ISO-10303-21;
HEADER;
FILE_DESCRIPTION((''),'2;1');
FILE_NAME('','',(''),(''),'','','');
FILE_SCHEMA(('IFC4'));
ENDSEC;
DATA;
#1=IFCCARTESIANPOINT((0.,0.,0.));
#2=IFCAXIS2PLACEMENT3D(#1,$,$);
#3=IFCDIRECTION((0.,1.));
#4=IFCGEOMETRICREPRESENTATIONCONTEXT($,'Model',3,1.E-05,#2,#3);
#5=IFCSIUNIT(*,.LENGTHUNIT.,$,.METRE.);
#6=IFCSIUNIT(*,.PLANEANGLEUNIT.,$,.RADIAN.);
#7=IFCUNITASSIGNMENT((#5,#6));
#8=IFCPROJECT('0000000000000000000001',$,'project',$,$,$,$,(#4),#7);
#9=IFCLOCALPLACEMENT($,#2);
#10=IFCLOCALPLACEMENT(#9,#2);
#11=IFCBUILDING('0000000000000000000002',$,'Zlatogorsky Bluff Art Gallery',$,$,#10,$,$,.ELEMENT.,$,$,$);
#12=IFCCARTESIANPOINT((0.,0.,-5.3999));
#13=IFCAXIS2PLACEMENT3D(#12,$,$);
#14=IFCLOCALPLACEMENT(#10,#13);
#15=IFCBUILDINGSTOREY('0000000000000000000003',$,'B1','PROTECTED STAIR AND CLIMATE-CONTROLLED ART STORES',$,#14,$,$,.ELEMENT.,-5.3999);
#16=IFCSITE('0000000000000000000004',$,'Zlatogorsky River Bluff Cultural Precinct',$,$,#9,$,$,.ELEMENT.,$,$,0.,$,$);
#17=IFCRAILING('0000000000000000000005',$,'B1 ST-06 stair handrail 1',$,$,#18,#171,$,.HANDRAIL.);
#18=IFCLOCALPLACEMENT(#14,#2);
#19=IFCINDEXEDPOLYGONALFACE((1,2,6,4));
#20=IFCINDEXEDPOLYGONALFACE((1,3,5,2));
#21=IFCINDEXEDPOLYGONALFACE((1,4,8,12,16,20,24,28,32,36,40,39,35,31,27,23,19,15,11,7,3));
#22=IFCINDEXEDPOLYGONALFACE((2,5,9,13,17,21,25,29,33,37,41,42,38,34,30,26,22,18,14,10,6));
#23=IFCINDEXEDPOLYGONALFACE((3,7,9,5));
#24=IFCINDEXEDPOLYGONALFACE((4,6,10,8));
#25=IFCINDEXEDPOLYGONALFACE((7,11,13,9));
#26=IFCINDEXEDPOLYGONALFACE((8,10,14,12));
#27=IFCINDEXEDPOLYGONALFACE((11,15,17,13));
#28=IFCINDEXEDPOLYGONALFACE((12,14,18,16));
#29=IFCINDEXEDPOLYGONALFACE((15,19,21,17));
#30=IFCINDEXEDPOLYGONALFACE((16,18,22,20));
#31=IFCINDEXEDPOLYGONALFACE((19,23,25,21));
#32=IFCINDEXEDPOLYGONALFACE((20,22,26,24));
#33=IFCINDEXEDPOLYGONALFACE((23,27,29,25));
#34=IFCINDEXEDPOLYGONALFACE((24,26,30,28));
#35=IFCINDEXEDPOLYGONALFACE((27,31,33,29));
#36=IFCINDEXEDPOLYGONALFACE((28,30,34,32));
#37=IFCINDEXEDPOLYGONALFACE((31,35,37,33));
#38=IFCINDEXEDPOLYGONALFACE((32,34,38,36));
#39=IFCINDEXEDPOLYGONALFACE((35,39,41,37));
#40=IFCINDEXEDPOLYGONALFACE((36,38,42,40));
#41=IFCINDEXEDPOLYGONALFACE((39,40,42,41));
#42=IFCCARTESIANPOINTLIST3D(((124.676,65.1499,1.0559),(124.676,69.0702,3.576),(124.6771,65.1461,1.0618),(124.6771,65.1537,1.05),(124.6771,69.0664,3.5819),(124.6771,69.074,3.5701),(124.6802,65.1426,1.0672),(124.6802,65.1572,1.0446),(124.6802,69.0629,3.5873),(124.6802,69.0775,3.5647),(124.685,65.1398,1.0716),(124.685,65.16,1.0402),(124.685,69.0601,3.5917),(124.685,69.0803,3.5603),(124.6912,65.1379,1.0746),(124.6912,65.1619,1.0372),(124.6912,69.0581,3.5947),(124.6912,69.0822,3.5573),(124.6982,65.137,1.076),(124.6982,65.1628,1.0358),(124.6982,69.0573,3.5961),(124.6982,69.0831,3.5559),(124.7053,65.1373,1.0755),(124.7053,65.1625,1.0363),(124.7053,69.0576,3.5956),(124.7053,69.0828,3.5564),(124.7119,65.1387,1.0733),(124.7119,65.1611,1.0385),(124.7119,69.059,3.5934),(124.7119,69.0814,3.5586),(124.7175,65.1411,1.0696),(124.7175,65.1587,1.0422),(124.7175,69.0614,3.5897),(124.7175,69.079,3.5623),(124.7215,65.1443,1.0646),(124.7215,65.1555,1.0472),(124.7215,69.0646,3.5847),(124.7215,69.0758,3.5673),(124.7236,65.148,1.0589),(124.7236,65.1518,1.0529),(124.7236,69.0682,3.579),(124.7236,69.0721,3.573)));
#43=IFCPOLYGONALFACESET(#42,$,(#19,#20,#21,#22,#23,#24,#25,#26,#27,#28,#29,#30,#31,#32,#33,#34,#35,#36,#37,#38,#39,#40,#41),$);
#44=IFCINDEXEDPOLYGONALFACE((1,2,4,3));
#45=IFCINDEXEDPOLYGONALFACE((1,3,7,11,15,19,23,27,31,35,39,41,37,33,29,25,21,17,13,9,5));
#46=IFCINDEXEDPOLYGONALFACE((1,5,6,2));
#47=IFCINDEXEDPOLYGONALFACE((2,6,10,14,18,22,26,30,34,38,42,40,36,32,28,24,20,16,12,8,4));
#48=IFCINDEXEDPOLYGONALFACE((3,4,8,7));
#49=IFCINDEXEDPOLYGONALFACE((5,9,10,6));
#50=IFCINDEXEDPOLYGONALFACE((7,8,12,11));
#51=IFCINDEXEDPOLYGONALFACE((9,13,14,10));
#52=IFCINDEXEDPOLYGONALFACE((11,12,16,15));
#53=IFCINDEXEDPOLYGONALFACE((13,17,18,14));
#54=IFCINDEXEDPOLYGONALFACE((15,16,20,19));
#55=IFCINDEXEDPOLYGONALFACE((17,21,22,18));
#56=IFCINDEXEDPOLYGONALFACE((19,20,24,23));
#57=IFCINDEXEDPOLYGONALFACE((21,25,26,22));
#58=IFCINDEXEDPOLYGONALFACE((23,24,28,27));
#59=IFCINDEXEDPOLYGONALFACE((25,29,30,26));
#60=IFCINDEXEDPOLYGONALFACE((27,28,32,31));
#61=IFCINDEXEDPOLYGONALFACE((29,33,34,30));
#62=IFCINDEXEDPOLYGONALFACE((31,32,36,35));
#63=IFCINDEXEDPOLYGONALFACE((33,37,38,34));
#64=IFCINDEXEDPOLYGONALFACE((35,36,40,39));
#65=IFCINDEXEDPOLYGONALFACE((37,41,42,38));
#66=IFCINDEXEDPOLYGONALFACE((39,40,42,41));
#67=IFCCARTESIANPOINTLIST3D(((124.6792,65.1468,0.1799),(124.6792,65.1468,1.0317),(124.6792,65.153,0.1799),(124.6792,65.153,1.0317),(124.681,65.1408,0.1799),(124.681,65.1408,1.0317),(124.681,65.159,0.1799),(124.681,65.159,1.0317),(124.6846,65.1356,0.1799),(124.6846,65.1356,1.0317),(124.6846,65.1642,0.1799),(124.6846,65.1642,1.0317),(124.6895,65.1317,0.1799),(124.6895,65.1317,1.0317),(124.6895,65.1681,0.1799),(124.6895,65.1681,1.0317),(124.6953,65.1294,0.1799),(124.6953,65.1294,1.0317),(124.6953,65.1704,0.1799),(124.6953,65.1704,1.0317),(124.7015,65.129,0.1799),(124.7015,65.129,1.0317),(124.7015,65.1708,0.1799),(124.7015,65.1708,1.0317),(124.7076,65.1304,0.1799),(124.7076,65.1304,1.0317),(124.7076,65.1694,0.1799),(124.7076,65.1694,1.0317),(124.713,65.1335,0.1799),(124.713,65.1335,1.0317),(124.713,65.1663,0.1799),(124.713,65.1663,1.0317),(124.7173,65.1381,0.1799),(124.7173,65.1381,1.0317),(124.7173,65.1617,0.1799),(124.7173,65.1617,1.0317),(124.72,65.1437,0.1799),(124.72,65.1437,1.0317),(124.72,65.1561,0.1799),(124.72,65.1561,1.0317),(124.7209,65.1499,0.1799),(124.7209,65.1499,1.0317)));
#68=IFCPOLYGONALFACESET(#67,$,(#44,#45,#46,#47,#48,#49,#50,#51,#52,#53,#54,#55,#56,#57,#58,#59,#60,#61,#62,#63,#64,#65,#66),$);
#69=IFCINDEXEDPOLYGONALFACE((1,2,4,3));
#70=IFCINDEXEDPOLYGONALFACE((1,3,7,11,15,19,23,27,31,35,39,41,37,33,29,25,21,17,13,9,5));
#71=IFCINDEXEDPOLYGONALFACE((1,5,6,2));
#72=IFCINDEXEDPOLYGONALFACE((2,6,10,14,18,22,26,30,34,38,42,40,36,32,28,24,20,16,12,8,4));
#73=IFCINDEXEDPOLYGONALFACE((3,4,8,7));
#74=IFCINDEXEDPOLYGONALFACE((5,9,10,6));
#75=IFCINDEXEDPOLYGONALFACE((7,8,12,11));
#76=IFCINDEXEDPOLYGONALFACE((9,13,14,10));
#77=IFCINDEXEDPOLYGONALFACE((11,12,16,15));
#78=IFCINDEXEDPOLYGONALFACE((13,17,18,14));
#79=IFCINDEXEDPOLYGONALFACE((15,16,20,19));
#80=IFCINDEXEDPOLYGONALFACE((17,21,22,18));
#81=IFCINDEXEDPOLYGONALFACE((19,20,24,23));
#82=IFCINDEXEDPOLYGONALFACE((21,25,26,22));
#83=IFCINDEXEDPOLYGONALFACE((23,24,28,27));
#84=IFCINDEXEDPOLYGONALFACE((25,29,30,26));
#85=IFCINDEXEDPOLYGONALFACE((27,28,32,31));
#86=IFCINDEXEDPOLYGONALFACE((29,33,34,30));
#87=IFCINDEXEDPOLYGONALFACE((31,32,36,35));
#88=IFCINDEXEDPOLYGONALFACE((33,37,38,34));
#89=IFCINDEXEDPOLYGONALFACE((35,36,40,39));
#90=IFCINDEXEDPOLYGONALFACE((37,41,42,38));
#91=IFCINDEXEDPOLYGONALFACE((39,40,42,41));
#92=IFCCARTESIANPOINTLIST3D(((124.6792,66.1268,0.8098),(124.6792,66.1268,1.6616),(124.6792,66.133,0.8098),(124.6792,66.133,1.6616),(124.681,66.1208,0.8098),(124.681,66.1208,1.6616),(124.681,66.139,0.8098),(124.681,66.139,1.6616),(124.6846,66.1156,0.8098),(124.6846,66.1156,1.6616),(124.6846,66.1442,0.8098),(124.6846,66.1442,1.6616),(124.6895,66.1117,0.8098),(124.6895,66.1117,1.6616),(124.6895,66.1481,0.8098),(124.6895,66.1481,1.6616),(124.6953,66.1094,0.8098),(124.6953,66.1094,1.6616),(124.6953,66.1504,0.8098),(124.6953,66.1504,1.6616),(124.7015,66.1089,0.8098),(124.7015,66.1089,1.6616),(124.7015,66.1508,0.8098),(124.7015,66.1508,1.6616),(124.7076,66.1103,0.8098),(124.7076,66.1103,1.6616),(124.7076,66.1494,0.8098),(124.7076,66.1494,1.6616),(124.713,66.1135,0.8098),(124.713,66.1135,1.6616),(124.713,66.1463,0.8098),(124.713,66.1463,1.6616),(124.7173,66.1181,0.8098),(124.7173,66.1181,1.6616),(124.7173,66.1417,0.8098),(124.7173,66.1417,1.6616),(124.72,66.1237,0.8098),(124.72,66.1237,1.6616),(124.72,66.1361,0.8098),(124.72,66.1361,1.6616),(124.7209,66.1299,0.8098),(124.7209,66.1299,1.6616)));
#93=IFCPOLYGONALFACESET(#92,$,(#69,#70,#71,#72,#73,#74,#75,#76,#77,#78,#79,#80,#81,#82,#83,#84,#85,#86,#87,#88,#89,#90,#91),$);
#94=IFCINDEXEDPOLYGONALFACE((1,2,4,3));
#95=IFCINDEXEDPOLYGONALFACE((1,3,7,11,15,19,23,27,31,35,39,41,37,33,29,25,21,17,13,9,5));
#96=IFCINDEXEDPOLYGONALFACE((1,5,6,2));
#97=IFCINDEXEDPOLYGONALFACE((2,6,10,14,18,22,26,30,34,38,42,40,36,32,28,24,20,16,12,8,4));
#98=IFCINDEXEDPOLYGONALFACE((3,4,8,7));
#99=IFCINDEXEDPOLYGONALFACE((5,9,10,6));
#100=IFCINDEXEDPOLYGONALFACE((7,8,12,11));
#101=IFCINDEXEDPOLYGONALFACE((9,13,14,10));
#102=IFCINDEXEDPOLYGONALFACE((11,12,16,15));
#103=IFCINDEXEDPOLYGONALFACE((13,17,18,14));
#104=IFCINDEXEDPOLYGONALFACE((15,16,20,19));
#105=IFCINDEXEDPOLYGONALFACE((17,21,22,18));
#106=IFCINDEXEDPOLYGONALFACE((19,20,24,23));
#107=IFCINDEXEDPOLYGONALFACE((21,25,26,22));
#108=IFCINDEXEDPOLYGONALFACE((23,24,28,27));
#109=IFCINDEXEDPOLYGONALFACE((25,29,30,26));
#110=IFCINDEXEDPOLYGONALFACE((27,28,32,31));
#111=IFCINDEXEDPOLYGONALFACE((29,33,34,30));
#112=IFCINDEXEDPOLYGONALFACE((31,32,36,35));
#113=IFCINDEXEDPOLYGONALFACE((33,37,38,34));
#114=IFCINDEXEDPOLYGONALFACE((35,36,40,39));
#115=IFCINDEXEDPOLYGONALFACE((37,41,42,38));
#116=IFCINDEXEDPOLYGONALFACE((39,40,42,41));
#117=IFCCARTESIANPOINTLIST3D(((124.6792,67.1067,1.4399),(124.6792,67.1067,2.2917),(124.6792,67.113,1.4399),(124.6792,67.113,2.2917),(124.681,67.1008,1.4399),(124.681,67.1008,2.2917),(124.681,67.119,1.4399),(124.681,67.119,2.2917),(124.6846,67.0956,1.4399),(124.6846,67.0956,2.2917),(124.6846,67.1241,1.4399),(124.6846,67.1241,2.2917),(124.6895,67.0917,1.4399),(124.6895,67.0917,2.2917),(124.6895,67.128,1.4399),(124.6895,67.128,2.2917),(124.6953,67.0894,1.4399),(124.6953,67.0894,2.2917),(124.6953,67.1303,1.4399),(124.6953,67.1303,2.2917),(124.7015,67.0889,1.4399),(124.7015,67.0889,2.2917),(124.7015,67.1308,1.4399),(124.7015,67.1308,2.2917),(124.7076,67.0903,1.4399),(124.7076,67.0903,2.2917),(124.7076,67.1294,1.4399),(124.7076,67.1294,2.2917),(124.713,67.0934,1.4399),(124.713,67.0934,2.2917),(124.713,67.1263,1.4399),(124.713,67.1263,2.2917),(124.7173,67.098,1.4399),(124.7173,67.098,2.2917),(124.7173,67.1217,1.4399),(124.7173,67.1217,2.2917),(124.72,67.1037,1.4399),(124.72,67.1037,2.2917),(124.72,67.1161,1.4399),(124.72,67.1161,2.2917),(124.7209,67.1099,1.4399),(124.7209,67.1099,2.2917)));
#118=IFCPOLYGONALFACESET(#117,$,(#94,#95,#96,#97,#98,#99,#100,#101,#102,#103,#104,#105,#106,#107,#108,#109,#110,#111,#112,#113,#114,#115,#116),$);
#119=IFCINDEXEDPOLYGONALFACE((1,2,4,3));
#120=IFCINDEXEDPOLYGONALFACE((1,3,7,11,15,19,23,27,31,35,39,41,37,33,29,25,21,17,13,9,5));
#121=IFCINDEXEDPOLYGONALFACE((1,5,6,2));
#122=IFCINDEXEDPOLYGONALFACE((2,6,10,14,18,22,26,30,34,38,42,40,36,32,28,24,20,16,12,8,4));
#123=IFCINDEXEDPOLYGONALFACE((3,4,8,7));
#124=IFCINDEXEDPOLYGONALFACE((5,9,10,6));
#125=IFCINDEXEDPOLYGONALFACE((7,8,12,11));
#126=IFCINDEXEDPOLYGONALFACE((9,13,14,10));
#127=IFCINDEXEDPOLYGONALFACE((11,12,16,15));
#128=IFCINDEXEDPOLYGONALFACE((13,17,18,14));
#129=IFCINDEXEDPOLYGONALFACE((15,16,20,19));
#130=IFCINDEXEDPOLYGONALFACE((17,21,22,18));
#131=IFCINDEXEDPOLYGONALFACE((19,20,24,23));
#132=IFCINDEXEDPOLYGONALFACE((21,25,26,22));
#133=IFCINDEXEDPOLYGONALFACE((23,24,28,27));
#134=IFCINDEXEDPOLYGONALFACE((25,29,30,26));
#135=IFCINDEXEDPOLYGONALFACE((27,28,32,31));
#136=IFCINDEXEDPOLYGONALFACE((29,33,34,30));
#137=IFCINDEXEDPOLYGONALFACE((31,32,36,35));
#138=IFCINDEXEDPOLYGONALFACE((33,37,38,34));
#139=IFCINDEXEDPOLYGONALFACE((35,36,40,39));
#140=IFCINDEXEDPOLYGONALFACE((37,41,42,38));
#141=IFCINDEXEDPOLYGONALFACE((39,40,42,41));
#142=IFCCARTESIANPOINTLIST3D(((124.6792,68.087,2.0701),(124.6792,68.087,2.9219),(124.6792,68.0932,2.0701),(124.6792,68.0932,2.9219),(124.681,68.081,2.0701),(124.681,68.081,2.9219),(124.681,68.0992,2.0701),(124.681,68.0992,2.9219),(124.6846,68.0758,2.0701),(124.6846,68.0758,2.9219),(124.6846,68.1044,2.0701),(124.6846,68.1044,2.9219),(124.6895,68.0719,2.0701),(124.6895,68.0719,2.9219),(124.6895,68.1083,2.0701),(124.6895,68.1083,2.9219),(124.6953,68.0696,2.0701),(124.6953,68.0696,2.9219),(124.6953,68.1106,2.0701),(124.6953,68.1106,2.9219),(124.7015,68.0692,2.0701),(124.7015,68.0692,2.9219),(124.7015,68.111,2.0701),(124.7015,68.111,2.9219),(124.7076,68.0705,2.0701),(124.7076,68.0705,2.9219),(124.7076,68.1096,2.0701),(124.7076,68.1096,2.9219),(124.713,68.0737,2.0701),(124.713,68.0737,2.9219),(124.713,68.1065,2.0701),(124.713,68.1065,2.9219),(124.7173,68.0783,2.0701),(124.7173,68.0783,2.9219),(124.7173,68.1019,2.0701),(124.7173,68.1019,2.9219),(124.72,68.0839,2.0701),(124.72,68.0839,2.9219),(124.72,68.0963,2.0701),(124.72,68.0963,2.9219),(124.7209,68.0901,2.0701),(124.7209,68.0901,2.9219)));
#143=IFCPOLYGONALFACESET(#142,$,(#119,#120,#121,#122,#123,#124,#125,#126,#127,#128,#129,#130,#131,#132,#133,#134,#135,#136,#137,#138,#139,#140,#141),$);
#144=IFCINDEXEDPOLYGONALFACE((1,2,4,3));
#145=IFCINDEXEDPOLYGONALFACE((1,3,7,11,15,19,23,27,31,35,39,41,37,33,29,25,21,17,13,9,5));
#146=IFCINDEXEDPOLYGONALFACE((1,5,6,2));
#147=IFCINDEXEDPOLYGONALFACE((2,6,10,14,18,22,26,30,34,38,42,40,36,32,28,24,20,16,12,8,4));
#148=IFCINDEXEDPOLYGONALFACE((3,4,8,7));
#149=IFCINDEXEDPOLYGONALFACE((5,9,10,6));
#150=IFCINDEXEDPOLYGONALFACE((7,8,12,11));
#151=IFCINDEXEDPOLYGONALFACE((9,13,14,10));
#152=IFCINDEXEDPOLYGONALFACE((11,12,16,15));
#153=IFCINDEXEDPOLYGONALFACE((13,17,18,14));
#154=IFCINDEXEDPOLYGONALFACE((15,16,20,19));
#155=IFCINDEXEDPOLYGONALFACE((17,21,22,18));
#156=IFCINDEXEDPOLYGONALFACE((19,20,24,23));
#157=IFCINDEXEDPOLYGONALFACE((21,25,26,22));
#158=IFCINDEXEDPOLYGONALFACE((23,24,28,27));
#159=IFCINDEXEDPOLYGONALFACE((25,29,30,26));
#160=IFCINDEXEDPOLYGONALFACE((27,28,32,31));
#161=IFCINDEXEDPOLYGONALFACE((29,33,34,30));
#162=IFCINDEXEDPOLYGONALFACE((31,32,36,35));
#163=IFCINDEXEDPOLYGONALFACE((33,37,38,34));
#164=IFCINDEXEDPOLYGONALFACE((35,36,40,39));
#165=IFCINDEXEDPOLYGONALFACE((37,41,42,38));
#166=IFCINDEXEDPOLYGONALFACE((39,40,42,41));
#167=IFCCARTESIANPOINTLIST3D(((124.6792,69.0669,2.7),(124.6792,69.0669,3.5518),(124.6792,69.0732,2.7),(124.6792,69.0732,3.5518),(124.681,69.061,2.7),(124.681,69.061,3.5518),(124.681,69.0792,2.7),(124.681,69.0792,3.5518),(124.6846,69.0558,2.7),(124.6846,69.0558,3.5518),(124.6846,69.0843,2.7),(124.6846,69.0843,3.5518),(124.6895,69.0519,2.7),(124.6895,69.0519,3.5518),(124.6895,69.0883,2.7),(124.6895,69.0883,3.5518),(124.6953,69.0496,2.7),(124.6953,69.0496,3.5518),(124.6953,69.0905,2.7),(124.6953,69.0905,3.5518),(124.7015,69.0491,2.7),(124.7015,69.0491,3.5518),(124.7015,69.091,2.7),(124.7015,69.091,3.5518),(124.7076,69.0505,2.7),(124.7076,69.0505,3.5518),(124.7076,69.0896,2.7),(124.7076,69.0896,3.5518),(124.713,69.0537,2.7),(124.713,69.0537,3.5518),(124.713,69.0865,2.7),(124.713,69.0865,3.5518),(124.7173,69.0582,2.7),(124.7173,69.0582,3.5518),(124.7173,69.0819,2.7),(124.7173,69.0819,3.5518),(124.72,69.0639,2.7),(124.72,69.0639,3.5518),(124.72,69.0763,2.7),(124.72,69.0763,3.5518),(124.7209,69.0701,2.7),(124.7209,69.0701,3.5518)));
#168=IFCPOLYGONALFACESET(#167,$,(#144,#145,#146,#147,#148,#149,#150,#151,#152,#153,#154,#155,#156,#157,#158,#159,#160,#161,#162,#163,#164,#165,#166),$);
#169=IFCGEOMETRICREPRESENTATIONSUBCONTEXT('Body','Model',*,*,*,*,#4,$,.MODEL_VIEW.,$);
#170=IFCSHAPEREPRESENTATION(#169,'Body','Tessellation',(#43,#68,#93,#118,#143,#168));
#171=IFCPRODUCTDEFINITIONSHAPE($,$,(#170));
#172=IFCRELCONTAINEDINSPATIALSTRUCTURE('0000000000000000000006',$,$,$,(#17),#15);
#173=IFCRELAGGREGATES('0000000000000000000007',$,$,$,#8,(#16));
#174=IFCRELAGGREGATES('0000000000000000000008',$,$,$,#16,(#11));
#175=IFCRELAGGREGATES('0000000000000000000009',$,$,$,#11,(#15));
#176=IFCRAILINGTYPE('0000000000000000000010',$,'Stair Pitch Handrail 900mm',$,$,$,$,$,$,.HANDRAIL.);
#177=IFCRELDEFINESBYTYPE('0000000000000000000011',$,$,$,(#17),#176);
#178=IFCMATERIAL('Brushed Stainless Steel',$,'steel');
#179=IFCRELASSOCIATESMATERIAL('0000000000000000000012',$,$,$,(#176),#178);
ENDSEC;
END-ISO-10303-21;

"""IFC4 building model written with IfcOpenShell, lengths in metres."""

from ifc_helpers import new_model, si_unit, direction, frame, origin, origin_2d, place, context, subcontext, project, spatial, circle, extrude, material, type_object, element, save


model = new_model("IFC4")

# Units and contexts
model_context = context("Model", 3, precision=1e-05, world=origin(), true_north=direction((0.0, 1.0)))
body_context = subcontext(model_context, "Body", "Model", "MODEL_VIEW")
ifc_project = project(units=[si_unit("LENGTHUNIT", "METRE"), si_unit("PLANEANGLEUNIT", "RADIAN")], contexts=[model_context])

# Site, building, storey
site_placement = place(None, origin())
site = spatial("IfcSite", under=ifc_project, at=site_placement, Name="Zlatogorsky River Bluff Cultural Precinct", CompositionType="ELEMENT", RefElevation=0.0)
building_placement = place(site_placement, origin())
building = spatial("IfcBuilding", under=site, at=building_placement, Name="Zlatogorsky Bluff Art Gallery", CompositionType="ELEMENT")
storey_placement = place(building_placement, frame((0.0, 0.0, -5.3999)))
storey = spatial("IfcBuildingStorey", under=building, at=storey_placement, Name="B1", Description="PROTECTED STAIR AND CLIMATE-CONTROLLED ART STORES", CompositionType="ELEMENT", Elevation=-5.3999)

# Railing
ifc_material_1 = material(Name="Brushed Stainless Steel", Category="steel")
railing_type_1 = type_object("IfcRailingType", Name="Stair Pitch Handrail 900mm", PredefinedType="HANDRAIL", material=ifc_material_1)
railing_1_placement = place(storey_placement, frame((124.7, 65.1499, 0.1799)))
element("IfcRailing", 1, at=railing_1_placement, inside=storey, type_object=railing_type_1, Name="B1 ST-06 stair handrail 1", PredefinedType="HANDRAIL", context=body_context, shape_type="SweptSolid", body=[
    extrude(circle(Radius=0.0239, at=origin_2d()), frame((0.0, 0.0, 0.876), z_axis=(0.0, 0.841187, 0.540744), x_axis=(-1.0, 0.0, 0.0)), (0.0, 0.0, 1.0), 4.6604),
    extrude(circle(Radius=0.021, at=origin_2d()), origin(), (0.0, 0.0, 1.0), 0.8518),
    extrude(circle(Radius=0.021, at=origin_2d()), frame((0.0, 0.98, 0.6299)), (0.0, 0.0, 1.0), 0.8518),
    extrude(circle(Radius=0.021, at=origin_2d()), frame((0.0, 1.96, 1.26)), (0.0, 0.0, 1.0), 0.8518),
    extrude(circle(Radius=0.021, at=origin_2d()), frame((0.0, 2.9402, 1.8901)), (0.0, 0.0, 1.0), 0.8518),
    extrude(circle(Radius=0.021, at=origin_2d()), frame((0.0, 3.9202, 2.52)), (0.0, 0.0, 1.0), 0.8518),
])

save(model, "model.ifc")
